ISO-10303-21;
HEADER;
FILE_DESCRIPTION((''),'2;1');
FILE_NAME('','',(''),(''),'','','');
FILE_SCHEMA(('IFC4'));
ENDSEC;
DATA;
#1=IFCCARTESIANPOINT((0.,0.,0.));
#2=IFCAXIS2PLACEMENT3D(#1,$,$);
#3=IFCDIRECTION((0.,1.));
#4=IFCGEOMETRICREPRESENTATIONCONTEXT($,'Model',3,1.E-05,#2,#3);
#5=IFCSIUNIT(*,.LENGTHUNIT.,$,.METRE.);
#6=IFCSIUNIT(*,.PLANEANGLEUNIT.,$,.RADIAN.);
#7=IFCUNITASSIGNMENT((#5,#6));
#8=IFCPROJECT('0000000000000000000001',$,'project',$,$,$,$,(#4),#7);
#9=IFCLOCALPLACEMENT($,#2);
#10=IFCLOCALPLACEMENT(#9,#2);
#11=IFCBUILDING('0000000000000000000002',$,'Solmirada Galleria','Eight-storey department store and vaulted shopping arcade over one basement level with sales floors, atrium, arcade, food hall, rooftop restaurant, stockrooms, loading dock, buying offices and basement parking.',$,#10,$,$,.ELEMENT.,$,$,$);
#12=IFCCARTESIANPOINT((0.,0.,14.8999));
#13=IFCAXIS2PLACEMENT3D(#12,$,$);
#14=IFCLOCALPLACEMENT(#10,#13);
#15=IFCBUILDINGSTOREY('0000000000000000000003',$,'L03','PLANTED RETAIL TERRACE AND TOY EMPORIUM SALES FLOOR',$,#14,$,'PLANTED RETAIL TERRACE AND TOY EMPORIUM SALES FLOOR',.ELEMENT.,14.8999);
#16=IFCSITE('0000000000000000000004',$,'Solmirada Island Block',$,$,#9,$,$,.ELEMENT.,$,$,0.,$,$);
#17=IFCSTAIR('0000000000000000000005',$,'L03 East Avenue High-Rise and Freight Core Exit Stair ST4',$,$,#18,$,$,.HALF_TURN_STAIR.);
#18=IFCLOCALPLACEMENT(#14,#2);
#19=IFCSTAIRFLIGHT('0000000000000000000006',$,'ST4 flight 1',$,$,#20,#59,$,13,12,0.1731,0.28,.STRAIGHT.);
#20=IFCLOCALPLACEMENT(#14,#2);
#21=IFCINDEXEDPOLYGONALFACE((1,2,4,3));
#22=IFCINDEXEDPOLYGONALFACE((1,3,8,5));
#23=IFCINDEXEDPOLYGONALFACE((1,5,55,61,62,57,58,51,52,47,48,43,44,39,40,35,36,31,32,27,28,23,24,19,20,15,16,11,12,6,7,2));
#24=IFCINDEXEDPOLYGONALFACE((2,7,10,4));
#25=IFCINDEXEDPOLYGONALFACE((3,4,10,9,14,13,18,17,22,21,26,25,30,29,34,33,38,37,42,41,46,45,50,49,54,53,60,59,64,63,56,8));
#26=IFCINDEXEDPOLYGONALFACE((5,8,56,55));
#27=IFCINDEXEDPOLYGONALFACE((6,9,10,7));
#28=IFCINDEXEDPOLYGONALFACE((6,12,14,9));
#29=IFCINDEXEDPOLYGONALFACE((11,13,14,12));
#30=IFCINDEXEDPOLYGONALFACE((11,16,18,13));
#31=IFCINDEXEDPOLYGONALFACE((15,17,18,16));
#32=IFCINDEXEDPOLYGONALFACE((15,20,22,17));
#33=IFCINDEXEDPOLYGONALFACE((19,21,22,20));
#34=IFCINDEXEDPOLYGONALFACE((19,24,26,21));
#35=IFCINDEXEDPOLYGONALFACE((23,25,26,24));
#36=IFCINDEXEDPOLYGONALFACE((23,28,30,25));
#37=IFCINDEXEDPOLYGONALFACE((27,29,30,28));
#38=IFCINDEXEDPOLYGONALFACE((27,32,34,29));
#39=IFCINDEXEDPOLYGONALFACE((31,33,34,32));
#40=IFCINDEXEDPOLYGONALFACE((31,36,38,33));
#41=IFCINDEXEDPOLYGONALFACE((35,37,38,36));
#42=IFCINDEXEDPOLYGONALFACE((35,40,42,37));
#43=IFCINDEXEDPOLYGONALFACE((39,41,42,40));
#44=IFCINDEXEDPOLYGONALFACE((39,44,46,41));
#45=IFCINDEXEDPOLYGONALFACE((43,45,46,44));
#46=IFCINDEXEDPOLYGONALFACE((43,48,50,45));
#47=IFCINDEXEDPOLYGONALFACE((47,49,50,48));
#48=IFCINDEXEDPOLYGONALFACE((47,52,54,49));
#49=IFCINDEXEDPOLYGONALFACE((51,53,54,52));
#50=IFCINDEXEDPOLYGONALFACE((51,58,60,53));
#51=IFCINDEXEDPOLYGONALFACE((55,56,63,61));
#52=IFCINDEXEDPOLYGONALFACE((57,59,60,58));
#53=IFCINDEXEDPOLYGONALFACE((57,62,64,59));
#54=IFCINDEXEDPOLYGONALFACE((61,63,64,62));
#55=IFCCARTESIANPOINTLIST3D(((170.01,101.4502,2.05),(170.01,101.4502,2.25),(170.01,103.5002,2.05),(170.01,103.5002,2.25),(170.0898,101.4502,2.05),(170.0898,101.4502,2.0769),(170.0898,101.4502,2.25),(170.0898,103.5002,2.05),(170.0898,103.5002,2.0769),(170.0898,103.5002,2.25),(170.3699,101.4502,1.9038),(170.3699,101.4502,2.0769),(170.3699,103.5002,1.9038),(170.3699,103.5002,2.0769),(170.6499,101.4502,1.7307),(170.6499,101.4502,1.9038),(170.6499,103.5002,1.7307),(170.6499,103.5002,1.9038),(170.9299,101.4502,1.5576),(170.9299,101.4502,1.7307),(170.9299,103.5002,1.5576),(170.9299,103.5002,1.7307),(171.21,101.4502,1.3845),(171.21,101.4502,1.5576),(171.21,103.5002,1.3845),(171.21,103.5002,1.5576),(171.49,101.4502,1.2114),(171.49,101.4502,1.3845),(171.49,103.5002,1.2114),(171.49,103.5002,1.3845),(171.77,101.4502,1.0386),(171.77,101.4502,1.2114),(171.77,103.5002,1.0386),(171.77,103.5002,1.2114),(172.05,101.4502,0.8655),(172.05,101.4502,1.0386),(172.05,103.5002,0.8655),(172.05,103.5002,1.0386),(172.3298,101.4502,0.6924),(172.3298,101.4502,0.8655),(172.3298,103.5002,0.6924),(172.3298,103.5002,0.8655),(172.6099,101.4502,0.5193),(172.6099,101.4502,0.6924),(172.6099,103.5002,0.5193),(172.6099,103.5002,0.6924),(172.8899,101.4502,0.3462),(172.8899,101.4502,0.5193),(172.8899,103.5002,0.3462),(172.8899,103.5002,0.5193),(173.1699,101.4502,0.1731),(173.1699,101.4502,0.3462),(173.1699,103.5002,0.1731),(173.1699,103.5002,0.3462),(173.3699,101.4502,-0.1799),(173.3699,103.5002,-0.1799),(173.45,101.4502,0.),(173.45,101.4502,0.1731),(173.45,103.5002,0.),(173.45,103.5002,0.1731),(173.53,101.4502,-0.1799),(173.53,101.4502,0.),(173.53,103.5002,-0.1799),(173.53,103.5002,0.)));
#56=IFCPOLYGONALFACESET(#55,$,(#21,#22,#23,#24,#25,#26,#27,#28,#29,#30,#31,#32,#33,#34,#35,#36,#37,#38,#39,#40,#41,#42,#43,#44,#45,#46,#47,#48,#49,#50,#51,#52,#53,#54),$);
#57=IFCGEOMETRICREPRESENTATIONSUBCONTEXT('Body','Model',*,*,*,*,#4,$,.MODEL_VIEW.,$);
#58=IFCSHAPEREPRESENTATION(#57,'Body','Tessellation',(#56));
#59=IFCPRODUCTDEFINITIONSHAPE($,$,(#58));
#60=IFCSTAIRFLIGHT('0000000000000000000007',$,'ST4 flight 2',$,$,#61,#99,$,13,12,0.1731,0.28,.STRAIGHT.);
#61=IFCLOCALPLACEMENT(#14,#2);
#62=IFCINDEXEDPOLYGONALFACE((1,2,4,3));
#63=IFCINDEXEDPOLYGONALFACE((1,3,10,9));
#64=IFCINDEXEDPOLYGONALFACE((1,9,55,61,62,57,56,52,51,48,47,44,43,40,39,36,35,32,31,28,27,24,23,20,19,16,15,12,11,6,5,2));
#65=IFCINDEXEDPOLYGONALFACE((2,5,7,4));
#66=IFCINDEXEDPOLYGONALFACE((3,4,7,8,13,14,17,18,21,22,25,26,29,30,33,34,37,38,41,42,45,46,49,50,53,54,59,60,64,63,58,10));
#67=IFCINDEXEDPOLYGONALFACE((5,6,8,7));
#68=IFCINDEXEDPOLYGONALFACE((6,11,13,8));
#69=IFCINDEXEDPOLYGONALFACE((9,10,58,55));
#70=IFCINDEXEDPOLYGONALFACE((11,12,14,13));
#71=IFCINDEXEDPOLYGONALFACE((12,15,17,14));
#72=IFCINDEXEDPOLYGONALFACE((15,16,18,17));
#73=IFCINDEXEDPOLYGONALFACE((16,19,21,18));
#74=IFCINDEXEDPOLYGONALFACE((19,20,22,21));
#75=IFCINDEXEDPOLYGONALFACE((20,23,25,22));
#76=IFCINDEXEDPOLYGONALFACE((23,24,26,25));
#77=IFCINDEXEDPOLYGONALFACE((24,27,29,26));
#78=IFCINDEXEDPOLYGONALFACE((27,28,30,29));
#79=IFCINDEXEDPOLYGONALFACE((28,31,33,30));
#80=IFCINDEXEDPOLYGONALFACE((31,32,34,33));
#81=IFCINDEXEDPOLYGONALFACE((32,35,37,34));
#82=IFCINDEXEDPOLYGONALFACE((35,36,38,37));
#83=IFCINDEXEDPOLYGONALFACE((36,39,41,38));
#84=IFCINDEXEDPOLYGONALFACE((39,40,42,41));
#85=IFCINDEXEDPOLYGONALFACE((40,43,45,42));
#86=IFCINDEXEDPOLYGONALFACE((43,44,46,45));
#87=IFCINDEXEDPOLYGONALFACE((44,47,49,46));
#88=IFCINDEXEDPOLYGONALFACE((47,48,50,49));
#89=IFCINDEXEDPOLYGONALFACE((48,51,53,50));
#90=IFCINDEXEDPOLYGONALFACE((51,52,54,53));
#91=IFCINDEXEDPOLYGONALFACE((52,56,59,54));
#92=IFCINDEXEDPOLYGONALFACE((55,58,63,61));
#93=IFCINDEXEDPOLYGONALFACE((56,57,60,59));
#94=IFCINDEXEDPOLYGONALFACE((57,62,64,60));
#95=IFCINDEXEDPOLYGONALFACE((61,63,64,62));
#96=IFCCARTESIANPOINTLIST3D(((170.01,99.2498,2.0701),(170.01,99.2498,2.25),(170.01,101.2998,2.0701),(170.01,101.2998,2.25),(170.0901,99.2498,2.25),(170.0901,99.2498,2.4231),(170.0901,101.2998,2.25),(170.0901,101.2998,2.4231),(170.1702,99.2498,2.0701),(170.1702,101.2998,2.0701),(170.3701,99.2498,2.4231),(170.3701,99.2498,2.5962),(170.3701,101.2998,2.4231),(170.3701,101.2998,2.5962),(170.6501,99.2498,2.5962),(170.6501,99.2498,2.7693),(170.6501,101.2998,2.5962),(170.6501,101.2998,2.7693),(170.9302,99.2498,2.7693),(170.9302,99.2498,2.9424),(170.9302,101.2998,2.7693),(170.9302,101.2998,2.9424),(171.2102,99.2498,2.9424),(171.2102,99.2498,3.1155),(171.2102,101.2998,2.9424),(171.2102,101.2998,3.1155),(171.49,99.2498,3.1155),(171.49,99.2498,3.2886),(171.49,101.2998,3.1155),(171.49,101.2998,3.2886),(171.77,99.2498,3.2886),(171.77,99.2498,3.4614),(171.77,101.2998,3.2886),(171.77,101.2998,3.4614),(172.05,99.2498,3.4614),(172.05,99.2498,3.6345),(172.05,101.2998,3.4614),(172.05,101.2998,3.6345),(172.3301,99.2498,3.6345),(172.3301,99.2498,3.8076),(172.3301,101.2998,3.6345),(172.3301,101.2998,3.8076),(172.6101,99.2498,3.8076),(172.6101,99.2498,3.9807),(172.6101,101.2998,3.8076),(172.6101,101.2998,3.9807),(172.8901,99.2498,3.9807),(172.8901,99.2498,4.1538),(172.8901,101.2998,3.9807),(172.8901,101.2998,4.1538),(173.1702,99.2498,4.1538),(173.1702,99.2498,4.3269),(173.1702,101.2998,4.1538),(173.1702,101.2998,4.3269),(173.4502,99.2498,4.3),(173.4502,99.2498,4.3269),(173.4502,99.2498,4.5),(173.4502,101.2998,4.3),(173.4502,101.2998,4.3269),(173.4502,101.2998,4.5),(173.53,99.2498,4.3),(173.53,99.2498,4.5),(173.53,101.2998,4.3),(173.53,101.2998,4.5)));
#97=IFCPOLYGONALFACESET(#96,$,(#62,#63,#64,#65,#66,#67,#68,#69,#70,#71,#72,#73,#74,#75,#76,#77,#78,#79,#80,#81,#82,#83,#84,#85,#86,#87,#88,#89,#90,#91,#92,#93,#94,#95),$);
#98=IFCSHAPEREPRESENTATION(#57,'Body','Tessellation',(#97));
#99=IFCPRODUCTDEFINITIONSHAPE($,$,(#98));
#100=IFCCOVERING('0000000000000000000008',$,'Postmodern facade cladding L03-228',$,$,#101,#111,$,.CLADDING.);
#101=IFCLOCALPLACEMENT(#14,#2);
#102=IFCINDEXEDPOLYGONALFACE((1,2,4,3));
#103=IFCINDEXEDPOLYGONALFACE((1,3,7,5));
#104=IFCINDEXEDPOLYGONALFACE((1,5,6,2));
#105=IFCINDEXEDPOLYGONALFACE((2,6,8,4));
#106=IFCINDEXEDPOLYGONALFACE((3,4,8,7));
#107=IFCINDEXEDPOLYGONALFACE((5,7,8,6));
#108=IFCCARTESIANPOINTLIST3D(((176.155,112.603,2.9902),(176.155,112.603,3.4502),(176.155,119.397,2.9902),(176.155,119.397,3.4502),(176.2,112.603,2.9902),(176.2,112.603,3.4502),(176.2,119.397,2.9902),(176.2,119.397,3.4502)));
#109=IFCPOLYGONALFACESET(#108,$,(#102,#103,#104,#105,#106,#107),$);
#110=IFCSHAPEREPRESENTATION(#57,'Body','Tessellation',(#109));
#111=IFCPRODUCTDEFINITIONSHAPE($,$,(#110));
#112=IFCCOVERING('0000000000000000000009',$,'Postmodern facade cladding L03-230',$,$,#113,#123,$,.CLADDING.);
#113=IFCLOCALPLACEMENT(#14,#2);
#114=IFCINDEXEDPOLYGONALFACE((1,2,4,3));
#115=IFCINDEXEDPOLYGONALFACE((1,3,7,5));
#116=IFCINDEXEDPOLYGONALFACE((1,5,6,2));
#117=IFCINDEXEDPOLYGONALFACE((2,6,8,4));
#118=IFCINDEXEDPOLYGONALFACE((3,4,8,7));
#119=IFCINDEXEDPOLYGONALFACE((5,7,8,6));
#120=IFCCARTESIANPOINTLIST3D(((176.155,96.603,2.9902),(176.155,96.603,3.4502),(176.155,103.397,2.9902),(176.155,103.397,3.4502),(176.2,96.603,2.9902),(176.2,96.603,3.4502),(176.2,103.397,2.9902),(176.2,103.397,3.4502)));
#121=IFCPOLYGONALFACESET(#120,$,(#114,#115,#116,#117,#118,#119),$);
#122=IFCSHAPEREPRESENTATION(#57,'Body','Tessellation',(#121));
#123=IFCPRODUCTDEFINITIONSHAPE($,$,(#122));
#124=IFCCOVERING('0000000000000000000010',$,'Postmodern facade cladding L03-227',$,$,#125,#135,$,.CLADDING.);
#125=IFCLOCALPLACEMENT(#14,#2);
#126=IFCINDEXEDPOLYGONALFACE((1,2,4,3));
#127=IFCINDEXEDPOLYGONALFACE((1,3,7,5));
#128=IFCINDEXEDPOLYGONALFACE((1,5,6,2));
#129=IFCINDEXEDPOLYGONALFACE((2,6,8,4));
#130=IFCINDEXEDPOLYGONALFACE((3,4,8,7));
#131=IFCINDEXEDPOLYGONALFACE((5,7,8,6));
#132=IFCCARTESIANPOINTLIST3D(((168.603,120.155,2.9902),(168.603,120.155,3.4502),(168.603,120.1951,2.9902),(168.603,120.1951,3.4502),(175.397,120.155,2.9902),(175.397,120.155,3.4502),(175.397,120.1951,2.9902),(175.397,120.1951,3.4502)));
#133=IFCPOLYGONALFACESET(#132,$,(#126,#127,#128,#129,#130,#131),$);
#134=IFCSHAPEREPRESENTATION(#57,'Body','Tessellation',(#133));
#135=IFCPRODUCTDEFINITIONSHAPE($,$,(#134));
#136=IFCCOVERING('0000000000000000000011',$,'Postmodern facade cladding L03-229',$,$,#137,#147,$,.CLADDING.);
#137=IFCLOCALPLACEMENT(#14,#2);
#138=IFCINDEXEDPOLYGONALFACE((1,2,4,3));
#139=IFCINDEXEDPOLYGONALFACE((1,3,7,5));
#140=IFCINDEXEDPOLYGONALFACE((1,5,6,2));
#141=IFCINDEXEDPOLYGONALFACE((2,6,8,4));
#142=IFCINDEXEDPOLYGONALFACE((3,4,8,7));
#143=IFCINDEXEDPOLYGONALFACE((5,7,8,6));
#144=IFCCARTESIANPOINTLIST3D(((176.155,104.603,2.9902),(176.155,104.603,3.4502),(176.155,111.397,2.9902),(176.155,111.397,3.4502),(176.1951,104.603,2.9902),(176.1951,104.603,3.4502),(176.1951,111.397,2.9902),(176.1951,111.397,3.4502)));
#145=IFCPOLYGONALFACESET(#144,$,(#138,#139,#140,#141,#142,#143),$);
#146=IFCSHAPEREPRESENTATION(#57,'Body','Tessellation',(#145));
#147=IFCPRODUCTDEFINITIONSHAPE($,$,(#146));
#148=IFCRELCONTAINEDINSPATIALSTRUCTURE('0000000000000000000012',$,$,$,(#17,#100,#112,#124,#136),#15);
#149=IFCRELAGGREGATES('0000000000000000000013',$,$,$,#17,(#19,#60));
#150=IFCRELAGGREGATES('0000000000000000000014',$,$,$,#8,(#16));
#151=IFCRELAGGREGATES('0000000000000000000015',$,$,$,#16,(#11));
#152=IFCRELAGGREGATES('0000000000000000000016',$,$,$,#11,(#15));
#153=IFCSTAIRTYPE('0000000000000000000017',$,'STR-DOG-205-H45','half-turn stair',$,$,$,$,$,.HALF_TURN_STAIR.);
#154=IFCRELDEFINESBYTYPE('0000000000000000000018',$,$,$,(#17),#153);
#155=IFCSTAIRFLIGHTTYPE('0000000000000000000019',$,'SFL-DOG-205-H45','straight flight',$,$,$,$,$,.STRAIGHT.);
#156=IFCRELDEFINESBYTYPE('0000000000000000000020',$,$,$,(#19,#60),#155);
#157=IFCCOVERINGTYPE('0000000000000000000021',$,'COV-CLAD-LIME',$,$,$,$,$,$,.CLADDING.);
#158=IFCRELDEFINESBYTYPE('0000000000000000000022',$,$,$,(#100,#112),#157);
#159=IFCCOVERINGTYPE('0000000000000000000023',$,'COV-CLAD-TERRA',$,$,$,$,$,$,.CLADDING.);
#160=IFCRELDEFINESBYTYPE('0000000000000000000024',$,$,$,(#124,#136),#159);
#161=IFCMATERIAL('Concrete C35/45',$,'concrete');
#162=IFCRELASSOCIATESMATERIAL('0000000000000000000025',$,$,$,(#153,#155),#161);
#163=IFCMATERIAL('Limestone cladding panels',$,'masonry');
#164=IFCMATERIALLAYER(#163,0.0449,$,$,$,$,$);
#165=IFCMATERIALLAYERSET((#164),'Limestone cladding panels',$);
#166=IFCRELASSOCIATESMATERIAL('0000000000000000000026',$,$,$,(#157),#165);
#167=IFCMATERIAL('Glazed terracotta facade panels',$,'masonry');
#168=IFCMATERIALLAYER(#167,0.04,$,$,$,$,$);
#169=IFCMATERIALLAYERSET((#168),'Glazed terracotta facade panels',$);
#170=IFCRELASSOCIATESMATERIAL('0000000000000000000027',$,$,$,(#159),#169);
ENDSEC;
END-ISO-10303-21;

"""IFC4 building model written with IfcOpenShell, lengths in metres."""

from ifc_helpers import new_model, si_unit, direction, frame, origin, origin_2d, place, context, subcontext, project, spatial, polyline, rectangle, outline, extrude, material, layer, layer_set, type_object, element, aggregate, save


model = new_model("IFC4")

# Units and contexts
model_context = context("Model", 3, precision=1e-05, world=origin(), true_north=direction((0.0, 1.0)))
body_context = subcontext(model_context, "Body", "Model", "MODEL_VIEW")
ifc_project = project(units=[si_unit("LENGTHUNIT", "METRE"), si_unit("PLANEANGLEUNIT", "RADIAN")], contexts=[model_context])

# Site, building, storey
site_placement = place(None, origin())
site = spatial("IfcSite", under=ifc_project, at=site_placement, Name="Solmirada Island Block", CompositionType="ELEMENT", RefElevation=0.0)
building_placement = place(site_placement, origin())
building = spatial("IfcBuilding", under=site, at=building_placement, Name="Solmirada Galleria", Description="Eight-storey department store and vaulted shopping arcade over one basement level with sales floors, atrium, arcade, food hall, rooftop restaurant, stockrooms, loading dock, buying offices and basement parking.", CompositionType="ELEMENT")
storey_placement = place(building_placement, frame((0.0, 0.0, 14.8999)))
storey = spatial("IfcBuildingStorey", under=building, at=storey_placement, Name="L03", Description="PLANTED RETAIL TERRACE AND TOY EMPORIUM SALES FLOOR", LongName="PLANTED RETAIL TERRACE AND TOY EMPORIUM SALES FLOOR", CompositionType="ELEMENT", Elevation=14.8999)

# Stair, stair flights
ifc_material_1 = material(Name="Concrete C35/45", Category="concrete")
stair_type = type_object("IfcStairType", Name="STR-DOG-205-H45", Description="half-turn stair", PredefinedType="HALF_TURN_STAIR", material=ifc_material_1)
stair_placement = place(storey_placement, origin())
stair = element("IfcStair", 1, at=stair_placement, inside=storey, type_object=stair_type, Name="L03 East Avenue High-Rise and Freight Core Exit Stair ST4", PredefinedType="HALF_TURN_STAIR")
stair_flight_type = type_object("IfcStairFlightType", Name="SFL-DOG-205-H45", Description="straight flight", PredefinedType="STRAIGHT", material=ifc_material_1)
stair_flight_1_placement = place(storey_placement, frame((173.45, 102.4751, 0.0), z_axis=(0.0, 0.0, 1.0), x_axis=(-1.0, 0.0, 0.0)))
stair_flight_1 = element("IfcStairFlight", 2, at=stair_flight_1_placement, type_object=stair_flight_type, Name="ST4 flight 1", NumberOfRisers=13, NumberOfTreads=12, PredefinedType="STRAIGHT", RiserHeight=0.1731, TreadLength=0.28, context=body_context, shape_type="SweptSolid", body=[
    extrude(outline(polyline([(-0.0801, 0.0), (0.0, 0.0), (0.0, 0.1731), (0.28, 0.1731), (0.28, 0.3462), (0.5601, 0.3462), (0.5601, 0.5193), (0.8401, 0.5193), (0.8401, 0.6924), (1.1201, 0.6924), (1.1201, 0.8655), (1.3999, 0.8655), (1.3999, 1.0386), (1.6799, 1.0386), (1.6799, 1.2114), (1.96, 1.2114), (1.96, 1.3845), (2.24, 1.3845), (2.24, 1.5576), (2.52, 1.5576), (2.52, 1.7307), (2.8, 1.7307), (2.8, 1.9038), (3.0801, 1.9038), (3.0801, 2.0769), (3.3601, 2.0769), (3.3601, 2.25), (3.4399, 2.25), (3.4399, 2.05), (3.3601, 2.05), (0.0801, -0.1799), (-0.0801, -0.1799), (-0.0801, 0.0)])), frame((0.0, 1.0249, 0.0), z_axis=(0.0, -1.0, 0.0), x_axis=(1.0, 0.0, 0.0)), (0.0, 0.0, 1.0), 2.05),
])
stair_flight_2_placement = place(storey_placement, frame((170.0901, 100.2749, 2.25), z_axis=(0.0, 0.0, 1.0), x_axis=(1.0, 0.0, 0.0)))
stair_flight_2 = element("IfcStairFlight", 3, at=stair_flight_2_placement, type_object=stair_flight_type, Name="ST4 flight 2", NumberOfRisers=13, NumberOfTreads=12, PredefinedType="STRAIGHT", RiserHeight=0.1731, TreadLength=0.28, context=body_context, shape_type="SweptSolid", body=[
    extrude(outline(polyline([(-0.0801, 0.0), (0.0, 0.0), (0.0, 0.1731), (0.28, 0.1731), (0.28, 0.3462), (0.5601, 0.3462), (0.5601, 0.5193), (0.8401, 0.5193), (0.8401, 0.6924), (1.1201, 0.6924), (1.1201, 0.8655), (1.3999, 0.8655), (1.3999, 1.0386), (1.6799, 1.0386), (1.6799, 1.2114), (1.96, 1.2114), (1.96, 1.3845), (2.24, 1.3845), (2.24, 1.5576), (2.52, 1.5576), (2.52, 1.7307), (2.8, 1.7307), (2.8, 1.9038), (3.0801, 1.9038), (3.0801, 2.0769), (3.3601, 2.0769), (3.3601, 2.25), (3.4399, 2.25), (3.4399, 2.05), (3.3601, 2.05), (0.0801, -0.1799), (-0.0801, -0.1799), (-0.0801, 0.0)])), frame((0.0, 1.0249, 0.0), z_axis=(0.0, -1.0, 0.0), x_axis=(1.0, 0.0, 0.0)), (0.0, 0.0, 1.0), 2.05),
])
aggregate(stair, [stair_flight_1, stair_flight_2])

# Coverings
ifc_material_2 = material(Name="Limestone cladding panels", Category="masonry")
ifc_layer_1 = layer(ifc_material_2, 0.0449)
ifc_layer_set_1 = layer_set([ifc_layer_1], Name="Limestone cladding panels")
covering_type_1 = type_object("IfcCoveringType", Name="COV-CLAD-LIME", PredefinedType="CLADDING", material=ifc_layer_set_1)
for number, where, z_axis, x_axis, name in (
    (4, (176.1775, 116.0, 2.9902), (0.0, 0.0, 1.0), (0.0, -1.0, 0.0), "Postmodern facade cladding L03-228"),
    (5, (176.1775, 100.0, 2.9902), (0.0, 0.0, 1.0), (0.0, -1.0, 0.0), "Postmodern facade cladding L03-230"),
):
    element("IfcCovering", number, at=place(storey_placement, frame(where, z_axis=z_axis, x_axis=x_axis)), inside=storey, type_object=covering_type_1, Name=name, PredefinedType="CLADDING", context=body_context, shape_type="SweptSolid", body=[
        extrude(rectangle(XDim=6.7939, YDim=0.0449, at=origin_2d()), origin(), (0.0, 0.0, 1.0), 0.46),
    ])
ifc_material_3 = material(Name="Glazed terracotta facade panels", Category="masonry")
ifc_layer_2 = layer(ifc_material_3, 0.04)
ifc_layer_set_2 = layer_set([ifc_layer_2], Name="Glazed terracotta facade panels")
covering_type_2 = type_object("IfcCoveringType", Name="COV-CLAD-TERRA", PredefinedType="CLADDING", material=ifc_layer_set_2)
for number, where, z_axis, x_axis, name in (
    (6, (172.0, 120.175, 2.9902), (0.0, 0.0, 1.0), (1.0, 0.0, 0.0), "Postmodern facade cladding L03-227"),
    (7, (176.175, 108.0, 2.9902), (0.0, 0.0, 1.0), (0.0, -1.0, 0.0), "Postmodern facade cladding L03-229"),
):
    element("IfcCovering", number, at=place(storey_placement, frame(where, z_axis=z_axis, x_axis=x_axis)), inside=storey, type_object=covering_type_2, Name=name, PredefinedType="CLADDING", context=body_context, shape_type="SweptSolid", body=[
        extrude(rectangle(XDim=6.7939, YDim=0.04, at=origin_2d()), origin(), (0.0, 0.0, 1.0), 0.46),
    ])

save(model, "model.ifc")
